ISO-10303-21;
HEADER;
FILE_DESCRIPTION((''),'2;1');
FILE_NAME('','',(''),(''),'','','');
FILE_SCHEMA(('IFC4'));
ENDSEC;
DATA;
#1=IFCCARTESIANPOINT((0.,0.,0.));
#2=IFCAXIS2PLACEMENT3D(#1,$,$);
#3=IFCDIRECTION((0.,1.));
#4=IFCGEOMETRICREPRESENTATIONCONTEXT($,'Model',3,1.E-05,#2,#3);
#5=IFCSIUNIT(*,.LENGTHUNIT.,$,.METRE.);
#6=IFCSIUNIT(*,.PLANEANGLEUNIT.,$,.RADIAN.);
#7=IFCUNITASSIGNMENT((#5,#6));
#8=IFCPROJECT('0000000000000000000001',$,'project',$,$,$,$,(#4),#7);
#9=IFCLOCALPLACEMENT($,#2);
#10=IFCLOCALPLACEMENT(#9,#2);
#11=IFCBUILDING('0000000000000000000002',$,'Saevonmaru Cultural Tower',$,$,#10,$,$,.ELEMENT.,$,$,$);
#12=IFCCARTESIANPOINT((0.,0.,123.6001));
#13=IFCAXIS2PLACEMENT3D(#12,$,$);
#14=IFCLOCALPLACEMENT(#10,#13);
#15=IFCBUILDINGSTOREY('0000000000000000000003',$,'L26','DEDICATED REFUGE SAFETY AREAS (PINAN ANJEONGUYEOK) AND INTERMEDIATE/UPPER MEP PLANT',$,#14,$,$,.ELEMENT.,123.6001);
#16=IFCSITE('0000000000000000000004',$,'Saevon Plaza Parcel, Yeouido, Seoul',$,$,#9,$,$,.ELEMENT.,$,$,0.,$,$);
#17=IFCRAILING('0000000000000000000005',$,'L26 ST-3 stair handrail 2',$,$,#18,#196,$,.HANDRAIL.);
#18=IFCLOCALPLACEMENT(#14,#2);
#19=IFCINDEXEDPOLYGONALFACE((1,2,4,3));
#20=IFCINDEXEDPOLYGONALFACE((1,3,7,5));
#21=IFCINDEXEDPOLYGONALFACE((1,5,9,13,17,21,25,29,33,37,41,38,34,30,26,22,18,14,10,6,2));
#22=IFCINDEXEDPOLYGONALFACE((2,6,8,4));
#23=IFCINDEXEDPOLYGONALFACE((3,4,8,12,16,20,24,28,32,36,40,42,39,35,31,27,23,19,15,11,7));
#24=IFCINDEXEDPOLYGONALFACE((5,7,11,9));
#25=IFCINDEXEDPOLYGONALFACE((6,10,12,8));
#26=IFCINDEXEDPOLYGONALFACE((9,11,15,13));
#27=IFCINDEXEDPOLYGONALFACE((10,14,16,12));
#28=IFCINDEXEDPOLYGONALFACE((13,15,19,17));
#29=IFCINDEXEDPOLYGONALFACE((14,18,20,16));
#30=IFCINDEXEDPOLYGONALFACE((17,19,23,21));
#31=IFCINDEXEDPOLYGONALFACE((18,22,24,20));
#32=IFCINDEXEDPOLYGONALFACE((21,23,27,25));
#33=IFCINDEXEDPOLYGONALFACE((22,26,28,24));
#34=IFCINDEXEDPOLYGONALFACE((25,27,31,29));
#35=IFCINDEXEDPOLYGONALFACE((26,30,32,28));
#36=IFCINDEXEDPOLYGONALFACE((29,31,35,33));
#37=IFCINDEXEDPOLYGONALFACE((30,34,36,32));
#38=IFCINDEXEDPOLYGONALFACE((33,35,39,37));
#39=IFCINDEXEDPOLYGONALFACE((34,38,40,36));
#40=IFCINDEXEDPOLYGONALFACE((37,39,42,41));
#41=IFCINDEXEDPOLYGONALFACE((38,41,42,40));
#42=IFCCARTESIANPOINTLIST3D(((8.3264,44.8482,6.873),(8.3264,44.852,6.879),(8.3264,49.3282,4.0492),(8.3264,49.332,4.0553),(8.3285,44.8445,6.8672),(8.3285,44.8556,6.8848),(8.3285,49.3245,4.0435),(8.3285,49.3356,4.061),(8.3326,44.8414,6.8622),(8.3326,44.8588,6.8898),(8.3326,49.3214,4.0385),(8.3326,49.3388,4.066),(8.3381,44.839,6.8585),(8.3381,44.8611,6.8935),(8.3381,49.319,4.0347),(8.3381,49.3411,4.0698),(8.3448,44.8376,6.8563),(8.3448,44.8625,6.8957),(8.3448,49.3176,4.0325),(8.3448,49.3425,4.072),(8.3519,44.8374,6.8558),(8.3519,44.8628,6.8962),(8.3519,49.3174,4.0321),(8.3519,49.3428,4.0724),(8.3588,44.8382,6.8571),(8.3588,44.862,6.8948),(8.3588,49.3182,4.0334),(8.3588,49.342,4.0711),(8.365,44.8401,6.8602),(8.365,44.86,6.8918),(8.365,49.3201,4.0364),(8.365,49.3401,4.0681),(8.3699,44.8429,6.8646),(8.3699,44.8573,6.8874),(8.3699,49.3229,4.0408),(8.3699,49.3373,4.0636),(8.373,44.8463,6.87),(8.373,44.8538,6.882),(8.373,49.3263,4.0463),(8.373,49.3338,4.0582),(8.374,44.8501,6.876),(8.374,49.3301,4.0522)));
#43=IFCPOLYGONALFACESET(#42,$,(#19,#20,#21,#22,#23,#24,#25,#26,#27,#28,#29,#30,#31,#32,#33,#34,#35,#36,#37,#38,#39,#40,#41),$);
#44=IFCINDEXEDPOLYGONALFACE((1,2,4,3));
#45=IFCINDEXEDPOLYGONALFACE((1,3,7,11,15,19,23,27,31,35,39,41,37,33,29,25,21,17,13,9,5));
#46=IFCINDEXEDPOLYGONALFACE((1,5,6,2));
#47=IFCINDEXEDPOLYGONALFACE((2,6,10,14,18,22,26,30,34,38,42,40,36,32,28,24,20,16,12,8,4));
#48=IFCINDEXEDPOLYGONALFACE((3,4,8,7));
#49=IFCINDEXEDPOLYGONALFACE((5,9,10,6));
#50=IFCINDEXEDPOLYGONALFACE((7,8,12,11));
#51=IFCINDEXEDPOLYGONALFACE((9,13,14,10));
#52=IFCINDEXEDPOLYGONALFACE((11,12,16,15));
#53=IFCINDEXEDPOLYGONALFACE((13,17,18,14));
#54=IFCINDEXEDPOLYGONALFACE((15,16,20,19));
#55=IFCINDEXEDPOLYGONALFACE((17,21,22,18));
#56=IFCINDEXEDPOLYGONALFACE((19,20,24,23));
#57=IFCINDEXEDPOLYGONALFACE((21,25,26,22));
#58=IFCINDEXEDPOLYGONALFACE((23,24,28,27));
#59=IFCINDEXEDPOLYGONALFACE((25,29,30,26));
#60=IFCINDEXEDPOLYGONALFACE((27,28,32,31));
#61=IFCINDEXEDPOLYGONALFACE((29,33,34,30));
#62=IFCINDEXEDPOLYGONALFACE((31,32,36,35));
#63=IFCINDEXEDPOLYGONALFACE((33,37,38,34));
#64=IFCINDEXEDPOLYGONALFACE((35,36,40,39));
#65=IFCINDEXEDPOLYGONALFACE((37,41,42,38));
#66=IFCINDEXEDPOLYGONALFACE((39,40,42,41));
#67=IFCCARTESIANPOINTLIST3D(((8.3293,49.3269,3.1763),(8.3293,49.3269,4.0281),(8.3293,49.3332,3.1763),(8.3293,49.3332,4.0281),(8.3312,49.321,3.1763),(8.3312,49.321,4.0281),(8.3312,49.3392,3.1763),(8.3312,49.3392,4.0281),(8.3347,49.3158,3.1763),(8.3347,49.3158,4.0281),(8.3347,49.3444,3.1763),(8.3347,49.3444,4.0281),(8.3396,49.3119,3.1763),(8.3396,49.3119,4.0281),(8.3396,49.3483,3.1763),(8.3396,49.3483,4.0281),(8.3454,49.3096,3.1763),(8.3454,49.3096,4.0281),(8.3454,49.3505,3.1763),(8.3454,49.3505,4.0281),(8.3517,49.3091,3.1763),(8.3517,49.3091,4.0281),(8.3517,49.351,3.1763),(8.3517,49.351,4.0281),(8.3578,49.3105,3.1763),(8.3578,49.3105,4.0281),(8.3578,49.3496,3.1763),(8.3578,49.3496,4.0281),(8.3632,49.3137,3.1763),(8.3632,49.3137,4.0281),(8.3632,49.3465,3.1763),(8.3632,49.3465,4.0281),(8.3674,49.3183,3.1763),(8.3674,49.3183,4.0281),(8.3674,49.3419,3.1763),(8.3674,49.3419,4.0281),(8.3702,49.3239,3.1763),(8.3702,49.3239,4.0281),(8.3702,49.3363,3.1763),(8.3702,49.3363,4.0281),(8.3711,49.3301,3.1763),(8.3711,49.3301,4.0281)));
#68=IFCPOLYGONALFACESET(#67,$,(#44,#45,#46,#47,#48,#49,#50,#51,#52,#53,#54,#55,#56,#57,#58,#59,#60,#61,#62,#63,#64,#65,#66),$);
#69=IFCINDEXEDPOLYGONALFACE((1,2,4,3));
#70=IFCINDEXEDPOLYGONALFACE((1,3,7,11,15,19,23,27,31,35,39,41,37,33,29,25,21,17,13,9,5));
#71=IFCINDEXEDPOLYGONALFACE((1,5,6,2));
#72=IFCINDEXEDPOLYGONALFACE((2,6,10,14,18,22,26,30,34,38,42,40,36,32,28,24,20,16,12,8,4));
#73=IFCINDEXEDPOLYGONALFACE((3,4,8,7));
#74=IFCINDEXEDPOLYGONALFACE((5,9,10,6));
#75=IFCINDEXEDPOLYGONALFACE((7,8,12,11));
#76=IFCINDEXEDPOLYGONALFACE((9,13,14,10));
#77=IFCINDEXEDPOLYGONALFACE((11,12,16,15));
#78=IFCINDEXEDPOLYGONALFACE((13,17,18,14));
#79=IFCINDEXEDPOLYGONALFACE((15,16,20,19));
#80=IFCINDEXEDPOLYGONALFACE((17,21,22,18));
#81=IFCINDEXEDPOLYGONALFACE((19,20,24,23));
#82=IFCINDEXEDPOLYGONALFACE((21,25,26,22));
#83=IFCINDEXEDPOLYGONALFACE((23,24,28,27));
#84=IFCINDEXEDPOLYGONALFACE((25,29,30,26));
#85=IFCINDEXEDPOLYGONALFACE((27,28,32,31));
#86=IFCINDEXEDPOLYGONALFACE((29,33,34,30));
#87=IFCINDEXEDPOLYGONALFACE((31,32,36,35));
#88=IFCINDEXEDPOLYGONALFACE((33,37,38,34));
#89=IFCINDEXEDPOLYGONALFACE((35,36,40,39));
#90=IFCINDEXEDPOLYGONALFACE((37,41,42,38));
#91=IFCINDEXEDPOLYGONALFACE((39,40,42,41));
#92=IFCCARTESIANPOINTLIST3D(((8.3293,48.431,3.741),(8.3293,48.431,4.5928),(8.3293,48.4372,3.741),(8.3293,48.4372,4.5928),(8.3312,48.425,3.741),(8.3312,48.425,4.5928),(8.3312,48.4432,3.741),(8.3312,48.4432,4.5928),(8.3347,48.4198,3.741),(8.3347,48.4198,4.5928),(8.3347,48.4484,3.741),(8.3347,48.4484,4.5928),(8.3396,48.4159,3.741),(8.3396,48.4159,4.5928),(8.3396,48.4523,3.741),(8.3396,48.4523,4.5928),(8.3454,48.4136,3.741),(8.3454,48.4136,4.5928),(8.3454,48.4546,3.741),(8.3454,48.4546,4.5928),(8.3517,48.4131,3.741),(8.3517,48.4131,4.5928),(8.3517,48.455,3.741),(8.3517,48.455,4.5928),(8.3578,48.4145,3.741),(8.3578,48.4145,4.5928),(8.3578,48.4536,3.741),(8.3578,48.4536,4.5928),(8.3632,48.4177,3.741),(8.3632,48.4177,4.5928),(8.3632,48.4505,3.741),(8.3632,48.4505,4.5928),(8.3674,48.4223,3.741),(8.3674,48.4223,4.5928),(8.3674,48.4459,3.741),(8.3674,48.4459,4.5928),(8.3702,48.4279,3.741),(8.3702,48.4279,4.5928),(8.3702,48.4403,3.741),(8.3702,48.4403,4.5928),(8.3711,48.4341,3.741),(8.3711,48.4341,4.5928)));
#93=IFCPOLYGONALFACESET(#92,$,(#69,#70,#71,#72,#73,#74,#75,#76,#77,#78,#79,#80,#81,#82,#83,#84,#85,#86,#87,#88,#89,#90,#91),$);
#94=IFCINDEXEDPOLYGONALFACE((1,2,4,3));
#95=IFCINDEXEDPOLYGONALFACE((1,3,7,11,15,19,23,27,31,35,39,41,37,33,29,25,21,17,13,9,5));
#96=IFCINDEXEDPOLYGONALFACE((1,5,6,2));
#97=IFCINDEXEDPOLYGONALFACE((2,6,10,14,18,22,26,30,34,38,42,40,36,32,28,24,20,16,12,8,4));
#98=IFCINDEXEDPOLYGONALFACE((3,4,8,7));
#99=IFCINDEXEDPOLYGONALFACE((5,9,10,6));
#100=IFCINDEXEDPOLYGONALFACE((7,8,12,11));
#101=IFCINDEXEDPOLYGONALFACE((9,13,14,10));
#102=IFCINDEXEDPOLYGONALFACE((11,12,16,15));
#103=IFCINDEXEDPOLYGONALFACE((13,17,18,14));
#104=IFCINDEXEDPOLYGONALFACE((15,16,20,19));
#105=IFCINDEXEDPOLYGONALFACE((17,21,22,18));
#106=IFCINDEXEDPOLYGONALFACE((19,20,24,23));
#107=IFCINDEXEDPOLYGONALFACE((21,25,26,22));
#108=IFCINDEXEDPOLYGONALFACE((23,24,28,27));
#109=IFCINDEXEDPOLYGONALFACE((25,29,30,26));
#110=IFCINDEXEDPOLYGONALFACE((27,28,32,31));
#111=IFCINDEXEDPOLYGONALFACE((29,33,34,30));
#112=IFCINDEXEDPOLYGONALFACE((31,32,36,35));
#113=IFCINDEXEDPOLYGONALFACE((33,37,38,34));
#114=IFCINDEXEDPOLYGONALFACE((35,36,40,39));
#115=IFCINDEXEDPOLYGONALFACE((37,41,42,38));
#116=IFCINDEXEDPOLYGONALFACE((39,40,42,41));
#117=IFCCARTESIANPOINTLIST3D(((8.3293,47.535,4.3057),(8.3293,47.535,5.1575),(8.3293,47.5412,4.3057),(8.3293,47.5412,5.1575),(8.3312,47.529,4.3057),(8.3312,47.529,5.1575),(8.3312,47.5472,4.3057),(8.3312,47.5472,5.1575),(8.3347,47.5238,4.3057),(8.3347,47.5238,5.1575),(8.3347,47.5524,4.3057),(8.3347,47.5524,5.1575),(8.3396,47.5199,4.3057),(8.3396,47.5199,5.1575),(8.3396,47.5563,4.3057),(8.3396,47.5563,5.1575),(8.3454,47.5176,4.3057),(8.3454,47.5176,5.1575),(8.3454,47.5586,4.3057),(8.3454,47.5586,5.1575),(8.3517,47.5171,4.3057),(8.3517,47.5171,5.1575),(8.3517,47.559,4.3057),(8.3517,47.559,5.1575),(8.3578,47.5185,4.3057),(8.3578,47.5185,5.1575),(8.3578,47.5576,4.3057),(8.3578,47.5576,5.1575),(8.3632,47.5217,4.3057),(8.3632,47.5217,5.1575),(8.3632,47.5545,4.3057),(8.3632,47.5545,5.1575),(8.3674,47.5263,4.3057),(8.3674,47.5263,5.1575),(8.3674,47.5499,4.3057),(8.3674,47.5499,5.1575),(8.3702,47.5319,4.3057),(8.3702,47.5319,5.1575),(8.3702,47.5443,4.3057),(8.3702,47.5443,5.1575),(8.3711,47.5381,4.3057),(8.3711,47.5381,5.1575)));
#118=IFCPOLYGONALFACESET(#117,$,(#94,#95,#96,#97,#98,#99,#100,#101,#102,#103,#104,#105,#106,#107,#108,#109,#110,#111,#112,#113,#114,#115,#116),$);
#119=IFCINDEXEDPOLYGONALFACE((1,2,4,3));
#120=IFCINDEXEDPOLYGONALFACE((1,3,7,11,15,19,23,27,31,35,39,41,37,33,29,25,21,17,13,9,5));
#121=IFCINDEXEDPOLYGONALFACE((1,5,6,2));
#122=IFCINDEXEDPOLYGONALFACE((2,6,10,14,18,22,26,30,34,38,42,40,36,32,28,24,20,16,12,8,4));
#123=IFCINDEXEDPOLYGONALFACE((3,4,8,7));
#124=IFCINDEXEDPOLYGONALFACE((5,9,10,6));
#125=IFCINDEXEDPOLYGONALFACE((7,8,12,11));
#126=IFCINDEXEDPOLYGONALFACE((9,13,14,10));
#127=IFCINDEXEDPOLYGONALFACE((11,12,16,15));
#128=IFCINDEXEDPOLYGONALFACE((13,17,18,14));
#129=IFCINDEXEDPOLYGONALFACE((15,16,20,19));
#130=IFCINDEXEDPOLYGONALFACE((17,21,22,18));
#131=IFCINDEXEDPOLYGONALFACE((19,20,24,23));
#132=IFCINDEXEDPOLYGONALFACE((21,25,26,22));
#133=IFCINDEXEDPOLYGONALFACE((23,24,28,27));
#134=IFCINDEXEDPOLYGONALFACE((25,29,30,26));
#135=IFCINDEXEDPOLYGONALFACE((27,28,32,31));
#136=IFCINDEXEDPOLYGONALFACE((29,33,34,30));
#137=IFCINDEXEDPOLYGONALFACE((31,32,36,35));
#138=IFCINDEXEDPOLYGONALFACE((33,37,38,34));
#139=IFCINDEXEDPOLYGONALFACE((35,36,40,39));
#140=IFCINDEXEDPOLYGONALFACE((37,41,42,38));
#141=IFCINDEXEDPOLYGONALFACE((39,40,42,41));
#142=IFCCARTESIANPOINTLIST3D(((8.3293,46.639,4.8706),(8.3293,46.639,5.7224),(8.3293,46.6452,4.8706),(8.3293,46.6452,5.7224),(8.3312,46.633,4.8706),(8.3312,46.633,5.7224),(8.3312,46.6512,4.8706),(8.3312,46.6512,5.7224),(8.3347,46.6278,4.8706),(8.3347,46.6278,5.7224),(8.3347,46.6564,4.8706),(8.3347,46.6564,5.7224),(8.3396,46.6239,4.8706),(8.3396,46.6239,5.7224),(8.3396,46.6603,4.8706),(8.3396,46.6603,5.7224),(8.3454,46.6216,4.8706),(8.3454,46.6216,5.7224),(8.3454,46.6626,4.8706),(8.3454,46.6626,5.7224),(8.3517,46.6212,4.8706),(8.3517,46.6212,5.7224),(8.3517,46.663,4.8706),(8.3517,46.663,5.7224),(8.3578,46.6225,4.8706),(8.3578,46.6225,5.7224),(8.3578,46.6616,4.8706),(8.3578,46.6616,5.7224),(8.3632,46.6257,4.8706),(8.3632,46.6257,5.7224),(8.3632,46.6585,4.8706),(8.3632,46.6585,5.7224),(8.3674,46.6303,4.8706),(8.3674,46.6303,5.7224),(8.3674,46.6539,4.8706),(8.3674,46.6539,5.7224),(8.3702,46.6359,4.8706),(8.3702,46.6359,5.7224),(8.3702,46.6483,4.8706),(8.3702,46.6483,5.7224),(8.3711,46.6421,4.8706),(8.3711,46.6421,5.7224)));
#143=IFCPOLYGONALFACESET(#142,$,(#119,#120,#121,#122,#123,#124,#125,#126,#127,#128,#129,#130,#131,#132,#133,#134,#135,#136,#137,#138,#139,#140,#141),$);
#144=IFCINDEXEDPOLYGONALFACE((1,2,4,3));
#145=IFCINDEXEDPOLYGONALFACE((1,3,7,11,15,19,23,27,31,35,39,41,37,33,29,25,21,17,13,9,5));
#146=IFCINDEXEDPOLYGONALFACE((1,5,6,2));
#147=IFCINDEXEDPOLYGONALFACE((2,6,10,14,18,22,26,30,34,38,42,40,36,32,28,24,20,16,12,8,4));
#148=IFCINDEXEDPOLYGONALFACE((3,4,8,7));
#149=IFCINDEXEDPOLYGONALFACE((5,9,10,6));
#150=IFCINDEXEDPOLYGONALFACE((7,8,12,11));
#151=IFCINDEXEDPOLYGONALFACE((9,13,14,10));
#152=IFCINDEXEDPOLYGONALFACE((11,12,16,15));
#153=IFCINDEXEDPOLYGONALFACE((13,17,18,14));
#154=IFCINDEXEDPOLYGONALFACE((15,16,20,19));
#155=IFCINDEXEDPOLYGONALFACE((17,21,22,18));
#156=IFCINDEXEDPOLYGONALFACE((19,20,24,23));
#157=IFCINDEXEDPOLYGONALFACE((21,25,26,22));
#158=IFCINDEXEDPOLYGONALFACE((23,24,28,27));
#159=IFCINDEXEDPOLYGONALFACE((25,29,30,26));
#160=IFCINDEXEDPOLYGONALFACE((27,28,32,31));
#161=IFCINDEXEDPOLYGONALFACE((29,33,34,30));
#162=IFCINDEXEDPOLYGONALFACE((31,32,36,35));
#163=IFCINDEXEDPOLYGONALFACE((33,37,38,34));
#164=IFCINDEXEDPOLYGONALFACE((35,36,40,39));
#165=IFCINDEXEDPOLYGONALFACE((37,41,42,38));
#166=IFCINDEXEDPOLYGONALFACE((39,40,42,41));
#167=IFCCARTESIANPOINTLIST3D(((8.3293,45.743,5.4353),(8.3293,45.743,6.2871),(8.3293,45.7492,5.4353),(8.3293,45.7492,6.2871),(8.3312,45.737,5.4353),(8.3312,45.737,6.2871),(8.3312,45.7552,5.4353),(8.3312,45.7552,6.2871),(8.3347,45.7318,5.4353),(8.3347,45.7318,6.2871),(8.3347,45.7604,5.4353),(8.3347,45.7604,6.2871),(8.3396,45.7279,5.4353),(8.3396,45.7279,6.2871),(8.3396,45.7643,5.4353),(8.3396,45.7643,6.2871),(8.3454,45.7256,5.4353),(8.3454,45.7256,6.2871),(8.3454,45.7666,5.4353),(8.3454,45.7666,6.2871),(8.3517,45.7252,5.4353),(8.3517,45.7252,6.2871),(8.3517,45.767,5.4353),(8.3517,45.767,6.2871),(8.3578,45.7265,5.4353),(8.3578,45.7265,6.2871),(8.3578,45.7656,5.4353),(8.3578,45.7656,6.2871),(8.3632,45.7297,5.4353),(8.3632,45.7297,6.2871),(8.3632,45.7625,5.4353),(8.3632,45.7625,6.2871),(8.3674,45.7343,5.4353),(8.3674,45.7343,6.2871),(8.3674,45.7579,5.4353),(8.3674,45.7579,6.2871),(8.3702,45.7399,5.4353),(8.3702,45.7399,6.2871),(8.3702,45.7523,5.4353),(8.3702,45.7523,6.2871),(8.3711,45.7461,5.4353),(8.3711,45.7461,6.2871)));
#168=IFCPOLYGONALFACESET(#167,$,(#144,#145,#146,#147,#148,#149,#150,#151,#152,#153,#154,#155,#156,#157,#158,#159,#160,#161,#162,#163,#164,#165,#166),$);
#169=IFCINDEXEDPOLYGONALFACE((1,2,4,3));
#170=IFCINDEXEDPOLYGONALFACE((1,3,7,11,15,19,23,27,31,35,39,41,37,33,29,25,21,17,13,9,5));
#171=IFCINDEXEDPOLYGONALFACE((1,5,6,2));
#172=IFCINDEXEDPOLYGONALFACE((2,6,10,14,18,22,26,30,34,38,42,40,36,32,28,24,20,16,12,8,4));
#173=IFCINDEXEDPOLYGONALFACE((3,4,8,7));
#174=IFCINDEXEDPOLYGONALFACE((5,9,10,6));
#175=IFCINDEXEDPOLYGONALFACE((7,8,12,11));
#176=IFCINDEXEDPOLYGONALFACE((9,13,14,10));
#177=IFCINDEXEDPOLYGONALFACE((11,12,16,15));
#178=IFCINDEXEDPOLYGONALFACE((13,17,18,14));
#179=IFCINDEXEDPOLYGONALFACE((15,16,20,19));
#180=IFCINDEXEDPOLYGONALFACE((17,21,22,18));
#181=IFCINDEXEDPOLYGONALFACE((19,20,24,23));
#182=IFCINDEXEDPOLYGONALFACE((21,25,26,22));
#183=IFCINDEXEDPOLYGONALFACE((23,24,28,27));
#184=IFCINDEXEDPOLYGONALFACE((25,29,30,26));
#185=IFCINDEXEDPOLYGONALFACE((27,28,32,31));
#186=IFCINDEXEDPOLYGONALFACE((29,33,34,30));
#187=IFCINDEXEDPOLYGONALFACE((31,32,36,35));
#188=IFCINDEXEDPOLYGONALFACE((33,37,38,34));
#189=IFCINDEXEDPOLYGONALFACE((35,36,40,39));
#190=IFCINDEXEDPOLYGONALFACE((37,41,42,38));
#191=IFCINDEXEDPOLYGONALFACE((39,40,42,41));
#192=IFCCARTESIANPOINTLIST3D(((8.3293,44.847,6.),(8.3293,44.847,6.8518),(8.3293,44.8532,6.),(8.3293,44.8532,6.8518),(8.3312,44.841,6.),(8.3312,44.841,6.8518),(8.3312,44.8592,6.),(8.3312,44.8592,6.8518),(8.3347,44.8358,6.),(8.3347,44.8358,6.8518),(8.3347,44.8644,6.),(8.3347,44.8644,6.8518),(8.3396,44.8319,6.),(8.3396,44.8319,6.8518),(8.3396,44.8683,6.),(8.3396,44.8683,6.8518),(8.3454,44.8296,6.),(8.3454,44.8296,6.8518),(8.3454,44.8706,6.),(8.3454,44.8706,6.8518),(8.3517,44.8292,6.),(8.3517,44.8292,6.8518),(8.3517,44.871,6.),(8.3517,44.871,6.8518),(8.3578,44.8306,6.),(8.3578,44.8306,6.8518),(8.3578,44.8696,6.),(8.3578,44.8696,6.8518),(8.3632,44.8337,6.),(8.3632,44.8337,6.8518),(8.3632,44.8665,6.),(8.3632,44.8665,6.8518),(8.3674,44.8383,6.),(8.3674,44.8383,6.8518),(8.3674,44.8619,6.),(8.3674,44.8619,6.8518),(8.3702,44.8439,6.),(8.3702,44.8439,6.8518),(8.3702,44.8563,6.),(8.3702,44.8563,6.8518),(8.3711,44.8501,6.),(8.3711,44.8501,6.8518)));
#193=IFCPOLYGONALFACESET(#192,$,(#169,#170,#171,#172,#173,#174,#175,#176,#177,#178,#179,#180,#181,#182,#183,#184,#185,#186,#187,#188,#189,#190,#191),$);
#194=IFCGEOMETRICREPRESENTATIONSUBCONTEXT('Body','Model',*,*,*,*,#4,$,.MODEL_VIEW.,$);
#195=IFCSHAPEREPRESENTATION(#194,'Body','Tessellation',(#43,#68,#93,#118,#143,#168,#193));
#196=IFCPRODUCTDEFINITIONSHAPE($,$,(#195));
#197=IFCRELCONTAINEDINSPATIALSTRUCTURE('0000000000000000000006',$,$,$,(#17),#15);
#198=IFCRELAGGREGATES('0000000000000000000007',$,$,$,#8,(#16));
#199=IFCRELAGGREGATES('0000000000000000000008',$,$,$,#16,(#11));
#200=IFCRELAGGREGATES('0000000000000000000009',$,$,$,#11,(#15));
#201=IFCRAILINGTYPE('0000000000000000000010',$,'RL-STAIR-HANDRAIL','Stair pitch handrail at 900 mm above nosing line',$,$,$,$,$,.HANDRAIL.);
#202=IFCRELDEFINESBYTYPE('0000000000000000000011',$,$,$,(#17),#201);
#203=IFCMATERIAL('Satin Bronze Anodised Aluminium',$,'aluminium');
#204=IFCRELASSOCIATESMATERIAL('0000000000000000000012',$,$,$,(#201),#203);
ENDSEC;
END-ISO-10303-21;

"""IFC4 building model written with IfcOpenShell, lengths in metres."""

from ifc_helpers import new_model, si_unit, direction, frame, origin, origin_2d, place, context, subcontext, project, spatial, circle, extrude, material, type_object, element, save


model = new_model("IFC4")

# Units and contexts
model_context = context("Model", 3, precision=1e-05, world=origin(), true_north=direction((0.0, 1.0)))
body_context = subcontext(model_context, "Body", "Model", "MODEL_VIEW")
ifc_project = project(units=[si_unit("LENGTHUNIT", "METRE"), si_unit("PLANEANGLEUNIT", "RADIAN")], contexts=[model_context])

# Site, building, storey
site_placement = place(None, origin())
site = spatial("IfcSite", under=ifc_project, at=site_placement, Name="Saevon Plaza Parcel, Yeouido, Seoul", CompositionType="ELEMENT", RefElevation=0.0)
building_placement = place(site_placement, origin())
building = spatial("IfcBuilding", under=site, at=building_placement, Name="Saevonmaru Cultural Tower", CompositionType="ELEMENT")
storey_placement = place(building_placement, frame((0.0, 0.0, 123.6001)))
storey = spatial("IfcBuildingStorey", under=building, at=storey_placement, Name="L26", Description="DEDICATED REFUGE SAFETY AREAS (PINAN ANJEONGUYEOK) AND INTERMEDIATE/UPPER MEP PLANT", CompositionType="ELEMENT", Elevation=123.6001)

# Shared definitions
ifc_material_1 = material(Name="Satin Bronze Anodised Aluminium", Category="aluminium")

# Railing
railing_type_1 = type_object("IfcRailingType", Name="RL-STAIR-HANDRAIL", Description="Stair pitch handrail at 900 mm above nosing line", PredefinedType="HANDRAIL", material=ifc_material_1)
railing_1_placement = place(storey_placement, frame((8.3501, 49.3301, 3.1763)))
element("IfcRailing", 1, at=railing_1_placement, inside=storey, type_object=railing_type_1, Name="L26 ST-3 stair handrail 2", PredefinedType="HANDRAIL", context=body_context, shape_type="SweptSolid", body=[
    extrude(circle(Radius=0.0239, at=origin_2d()), frame((0.0, 0.0, 0.876), z_axis=(0.0, -0.845977, 0.533219), x_axis=(1.0, 0.0, 0.0)), (0.0, 0.0, 1.0), 5.2957),
    extrude(circle(Radius=0.021, at=origin_2d()), origin(), (0.0, 0.0, 1.0), 0.8518),
    extrude(circle(Radius=0.021, at=origin_2d()), frame((0.0, -0.896, 0.5647)), (0.0, 0.0, 1.0), 0.8518),
    extrude(circle(Radius=0.021, at=origin_2d()), frame((0.0, -1.792, 1.1294)), (0.0, 0.0, 1.0), 0.8518),
    extrude(circle(Radius=0.021, at=origin_2d()), frame((0.0, -2.688, 1.6943)), (0.0, 0.0, 1.0), 0.8518),
    extrude(circle(Radius=0.021, at=origin_2d()), frame((0.0, -3.584, 2.259)), (0.0, 0.0, 1.0), 0.8518),
    extrude(circle(Radius=0.021, at=origin_2d()), frame((0.0, -4.48, 2.8237)), (0.0, 0.0, 1.0), 0.8518),
])

save(model, "model.ifc")
